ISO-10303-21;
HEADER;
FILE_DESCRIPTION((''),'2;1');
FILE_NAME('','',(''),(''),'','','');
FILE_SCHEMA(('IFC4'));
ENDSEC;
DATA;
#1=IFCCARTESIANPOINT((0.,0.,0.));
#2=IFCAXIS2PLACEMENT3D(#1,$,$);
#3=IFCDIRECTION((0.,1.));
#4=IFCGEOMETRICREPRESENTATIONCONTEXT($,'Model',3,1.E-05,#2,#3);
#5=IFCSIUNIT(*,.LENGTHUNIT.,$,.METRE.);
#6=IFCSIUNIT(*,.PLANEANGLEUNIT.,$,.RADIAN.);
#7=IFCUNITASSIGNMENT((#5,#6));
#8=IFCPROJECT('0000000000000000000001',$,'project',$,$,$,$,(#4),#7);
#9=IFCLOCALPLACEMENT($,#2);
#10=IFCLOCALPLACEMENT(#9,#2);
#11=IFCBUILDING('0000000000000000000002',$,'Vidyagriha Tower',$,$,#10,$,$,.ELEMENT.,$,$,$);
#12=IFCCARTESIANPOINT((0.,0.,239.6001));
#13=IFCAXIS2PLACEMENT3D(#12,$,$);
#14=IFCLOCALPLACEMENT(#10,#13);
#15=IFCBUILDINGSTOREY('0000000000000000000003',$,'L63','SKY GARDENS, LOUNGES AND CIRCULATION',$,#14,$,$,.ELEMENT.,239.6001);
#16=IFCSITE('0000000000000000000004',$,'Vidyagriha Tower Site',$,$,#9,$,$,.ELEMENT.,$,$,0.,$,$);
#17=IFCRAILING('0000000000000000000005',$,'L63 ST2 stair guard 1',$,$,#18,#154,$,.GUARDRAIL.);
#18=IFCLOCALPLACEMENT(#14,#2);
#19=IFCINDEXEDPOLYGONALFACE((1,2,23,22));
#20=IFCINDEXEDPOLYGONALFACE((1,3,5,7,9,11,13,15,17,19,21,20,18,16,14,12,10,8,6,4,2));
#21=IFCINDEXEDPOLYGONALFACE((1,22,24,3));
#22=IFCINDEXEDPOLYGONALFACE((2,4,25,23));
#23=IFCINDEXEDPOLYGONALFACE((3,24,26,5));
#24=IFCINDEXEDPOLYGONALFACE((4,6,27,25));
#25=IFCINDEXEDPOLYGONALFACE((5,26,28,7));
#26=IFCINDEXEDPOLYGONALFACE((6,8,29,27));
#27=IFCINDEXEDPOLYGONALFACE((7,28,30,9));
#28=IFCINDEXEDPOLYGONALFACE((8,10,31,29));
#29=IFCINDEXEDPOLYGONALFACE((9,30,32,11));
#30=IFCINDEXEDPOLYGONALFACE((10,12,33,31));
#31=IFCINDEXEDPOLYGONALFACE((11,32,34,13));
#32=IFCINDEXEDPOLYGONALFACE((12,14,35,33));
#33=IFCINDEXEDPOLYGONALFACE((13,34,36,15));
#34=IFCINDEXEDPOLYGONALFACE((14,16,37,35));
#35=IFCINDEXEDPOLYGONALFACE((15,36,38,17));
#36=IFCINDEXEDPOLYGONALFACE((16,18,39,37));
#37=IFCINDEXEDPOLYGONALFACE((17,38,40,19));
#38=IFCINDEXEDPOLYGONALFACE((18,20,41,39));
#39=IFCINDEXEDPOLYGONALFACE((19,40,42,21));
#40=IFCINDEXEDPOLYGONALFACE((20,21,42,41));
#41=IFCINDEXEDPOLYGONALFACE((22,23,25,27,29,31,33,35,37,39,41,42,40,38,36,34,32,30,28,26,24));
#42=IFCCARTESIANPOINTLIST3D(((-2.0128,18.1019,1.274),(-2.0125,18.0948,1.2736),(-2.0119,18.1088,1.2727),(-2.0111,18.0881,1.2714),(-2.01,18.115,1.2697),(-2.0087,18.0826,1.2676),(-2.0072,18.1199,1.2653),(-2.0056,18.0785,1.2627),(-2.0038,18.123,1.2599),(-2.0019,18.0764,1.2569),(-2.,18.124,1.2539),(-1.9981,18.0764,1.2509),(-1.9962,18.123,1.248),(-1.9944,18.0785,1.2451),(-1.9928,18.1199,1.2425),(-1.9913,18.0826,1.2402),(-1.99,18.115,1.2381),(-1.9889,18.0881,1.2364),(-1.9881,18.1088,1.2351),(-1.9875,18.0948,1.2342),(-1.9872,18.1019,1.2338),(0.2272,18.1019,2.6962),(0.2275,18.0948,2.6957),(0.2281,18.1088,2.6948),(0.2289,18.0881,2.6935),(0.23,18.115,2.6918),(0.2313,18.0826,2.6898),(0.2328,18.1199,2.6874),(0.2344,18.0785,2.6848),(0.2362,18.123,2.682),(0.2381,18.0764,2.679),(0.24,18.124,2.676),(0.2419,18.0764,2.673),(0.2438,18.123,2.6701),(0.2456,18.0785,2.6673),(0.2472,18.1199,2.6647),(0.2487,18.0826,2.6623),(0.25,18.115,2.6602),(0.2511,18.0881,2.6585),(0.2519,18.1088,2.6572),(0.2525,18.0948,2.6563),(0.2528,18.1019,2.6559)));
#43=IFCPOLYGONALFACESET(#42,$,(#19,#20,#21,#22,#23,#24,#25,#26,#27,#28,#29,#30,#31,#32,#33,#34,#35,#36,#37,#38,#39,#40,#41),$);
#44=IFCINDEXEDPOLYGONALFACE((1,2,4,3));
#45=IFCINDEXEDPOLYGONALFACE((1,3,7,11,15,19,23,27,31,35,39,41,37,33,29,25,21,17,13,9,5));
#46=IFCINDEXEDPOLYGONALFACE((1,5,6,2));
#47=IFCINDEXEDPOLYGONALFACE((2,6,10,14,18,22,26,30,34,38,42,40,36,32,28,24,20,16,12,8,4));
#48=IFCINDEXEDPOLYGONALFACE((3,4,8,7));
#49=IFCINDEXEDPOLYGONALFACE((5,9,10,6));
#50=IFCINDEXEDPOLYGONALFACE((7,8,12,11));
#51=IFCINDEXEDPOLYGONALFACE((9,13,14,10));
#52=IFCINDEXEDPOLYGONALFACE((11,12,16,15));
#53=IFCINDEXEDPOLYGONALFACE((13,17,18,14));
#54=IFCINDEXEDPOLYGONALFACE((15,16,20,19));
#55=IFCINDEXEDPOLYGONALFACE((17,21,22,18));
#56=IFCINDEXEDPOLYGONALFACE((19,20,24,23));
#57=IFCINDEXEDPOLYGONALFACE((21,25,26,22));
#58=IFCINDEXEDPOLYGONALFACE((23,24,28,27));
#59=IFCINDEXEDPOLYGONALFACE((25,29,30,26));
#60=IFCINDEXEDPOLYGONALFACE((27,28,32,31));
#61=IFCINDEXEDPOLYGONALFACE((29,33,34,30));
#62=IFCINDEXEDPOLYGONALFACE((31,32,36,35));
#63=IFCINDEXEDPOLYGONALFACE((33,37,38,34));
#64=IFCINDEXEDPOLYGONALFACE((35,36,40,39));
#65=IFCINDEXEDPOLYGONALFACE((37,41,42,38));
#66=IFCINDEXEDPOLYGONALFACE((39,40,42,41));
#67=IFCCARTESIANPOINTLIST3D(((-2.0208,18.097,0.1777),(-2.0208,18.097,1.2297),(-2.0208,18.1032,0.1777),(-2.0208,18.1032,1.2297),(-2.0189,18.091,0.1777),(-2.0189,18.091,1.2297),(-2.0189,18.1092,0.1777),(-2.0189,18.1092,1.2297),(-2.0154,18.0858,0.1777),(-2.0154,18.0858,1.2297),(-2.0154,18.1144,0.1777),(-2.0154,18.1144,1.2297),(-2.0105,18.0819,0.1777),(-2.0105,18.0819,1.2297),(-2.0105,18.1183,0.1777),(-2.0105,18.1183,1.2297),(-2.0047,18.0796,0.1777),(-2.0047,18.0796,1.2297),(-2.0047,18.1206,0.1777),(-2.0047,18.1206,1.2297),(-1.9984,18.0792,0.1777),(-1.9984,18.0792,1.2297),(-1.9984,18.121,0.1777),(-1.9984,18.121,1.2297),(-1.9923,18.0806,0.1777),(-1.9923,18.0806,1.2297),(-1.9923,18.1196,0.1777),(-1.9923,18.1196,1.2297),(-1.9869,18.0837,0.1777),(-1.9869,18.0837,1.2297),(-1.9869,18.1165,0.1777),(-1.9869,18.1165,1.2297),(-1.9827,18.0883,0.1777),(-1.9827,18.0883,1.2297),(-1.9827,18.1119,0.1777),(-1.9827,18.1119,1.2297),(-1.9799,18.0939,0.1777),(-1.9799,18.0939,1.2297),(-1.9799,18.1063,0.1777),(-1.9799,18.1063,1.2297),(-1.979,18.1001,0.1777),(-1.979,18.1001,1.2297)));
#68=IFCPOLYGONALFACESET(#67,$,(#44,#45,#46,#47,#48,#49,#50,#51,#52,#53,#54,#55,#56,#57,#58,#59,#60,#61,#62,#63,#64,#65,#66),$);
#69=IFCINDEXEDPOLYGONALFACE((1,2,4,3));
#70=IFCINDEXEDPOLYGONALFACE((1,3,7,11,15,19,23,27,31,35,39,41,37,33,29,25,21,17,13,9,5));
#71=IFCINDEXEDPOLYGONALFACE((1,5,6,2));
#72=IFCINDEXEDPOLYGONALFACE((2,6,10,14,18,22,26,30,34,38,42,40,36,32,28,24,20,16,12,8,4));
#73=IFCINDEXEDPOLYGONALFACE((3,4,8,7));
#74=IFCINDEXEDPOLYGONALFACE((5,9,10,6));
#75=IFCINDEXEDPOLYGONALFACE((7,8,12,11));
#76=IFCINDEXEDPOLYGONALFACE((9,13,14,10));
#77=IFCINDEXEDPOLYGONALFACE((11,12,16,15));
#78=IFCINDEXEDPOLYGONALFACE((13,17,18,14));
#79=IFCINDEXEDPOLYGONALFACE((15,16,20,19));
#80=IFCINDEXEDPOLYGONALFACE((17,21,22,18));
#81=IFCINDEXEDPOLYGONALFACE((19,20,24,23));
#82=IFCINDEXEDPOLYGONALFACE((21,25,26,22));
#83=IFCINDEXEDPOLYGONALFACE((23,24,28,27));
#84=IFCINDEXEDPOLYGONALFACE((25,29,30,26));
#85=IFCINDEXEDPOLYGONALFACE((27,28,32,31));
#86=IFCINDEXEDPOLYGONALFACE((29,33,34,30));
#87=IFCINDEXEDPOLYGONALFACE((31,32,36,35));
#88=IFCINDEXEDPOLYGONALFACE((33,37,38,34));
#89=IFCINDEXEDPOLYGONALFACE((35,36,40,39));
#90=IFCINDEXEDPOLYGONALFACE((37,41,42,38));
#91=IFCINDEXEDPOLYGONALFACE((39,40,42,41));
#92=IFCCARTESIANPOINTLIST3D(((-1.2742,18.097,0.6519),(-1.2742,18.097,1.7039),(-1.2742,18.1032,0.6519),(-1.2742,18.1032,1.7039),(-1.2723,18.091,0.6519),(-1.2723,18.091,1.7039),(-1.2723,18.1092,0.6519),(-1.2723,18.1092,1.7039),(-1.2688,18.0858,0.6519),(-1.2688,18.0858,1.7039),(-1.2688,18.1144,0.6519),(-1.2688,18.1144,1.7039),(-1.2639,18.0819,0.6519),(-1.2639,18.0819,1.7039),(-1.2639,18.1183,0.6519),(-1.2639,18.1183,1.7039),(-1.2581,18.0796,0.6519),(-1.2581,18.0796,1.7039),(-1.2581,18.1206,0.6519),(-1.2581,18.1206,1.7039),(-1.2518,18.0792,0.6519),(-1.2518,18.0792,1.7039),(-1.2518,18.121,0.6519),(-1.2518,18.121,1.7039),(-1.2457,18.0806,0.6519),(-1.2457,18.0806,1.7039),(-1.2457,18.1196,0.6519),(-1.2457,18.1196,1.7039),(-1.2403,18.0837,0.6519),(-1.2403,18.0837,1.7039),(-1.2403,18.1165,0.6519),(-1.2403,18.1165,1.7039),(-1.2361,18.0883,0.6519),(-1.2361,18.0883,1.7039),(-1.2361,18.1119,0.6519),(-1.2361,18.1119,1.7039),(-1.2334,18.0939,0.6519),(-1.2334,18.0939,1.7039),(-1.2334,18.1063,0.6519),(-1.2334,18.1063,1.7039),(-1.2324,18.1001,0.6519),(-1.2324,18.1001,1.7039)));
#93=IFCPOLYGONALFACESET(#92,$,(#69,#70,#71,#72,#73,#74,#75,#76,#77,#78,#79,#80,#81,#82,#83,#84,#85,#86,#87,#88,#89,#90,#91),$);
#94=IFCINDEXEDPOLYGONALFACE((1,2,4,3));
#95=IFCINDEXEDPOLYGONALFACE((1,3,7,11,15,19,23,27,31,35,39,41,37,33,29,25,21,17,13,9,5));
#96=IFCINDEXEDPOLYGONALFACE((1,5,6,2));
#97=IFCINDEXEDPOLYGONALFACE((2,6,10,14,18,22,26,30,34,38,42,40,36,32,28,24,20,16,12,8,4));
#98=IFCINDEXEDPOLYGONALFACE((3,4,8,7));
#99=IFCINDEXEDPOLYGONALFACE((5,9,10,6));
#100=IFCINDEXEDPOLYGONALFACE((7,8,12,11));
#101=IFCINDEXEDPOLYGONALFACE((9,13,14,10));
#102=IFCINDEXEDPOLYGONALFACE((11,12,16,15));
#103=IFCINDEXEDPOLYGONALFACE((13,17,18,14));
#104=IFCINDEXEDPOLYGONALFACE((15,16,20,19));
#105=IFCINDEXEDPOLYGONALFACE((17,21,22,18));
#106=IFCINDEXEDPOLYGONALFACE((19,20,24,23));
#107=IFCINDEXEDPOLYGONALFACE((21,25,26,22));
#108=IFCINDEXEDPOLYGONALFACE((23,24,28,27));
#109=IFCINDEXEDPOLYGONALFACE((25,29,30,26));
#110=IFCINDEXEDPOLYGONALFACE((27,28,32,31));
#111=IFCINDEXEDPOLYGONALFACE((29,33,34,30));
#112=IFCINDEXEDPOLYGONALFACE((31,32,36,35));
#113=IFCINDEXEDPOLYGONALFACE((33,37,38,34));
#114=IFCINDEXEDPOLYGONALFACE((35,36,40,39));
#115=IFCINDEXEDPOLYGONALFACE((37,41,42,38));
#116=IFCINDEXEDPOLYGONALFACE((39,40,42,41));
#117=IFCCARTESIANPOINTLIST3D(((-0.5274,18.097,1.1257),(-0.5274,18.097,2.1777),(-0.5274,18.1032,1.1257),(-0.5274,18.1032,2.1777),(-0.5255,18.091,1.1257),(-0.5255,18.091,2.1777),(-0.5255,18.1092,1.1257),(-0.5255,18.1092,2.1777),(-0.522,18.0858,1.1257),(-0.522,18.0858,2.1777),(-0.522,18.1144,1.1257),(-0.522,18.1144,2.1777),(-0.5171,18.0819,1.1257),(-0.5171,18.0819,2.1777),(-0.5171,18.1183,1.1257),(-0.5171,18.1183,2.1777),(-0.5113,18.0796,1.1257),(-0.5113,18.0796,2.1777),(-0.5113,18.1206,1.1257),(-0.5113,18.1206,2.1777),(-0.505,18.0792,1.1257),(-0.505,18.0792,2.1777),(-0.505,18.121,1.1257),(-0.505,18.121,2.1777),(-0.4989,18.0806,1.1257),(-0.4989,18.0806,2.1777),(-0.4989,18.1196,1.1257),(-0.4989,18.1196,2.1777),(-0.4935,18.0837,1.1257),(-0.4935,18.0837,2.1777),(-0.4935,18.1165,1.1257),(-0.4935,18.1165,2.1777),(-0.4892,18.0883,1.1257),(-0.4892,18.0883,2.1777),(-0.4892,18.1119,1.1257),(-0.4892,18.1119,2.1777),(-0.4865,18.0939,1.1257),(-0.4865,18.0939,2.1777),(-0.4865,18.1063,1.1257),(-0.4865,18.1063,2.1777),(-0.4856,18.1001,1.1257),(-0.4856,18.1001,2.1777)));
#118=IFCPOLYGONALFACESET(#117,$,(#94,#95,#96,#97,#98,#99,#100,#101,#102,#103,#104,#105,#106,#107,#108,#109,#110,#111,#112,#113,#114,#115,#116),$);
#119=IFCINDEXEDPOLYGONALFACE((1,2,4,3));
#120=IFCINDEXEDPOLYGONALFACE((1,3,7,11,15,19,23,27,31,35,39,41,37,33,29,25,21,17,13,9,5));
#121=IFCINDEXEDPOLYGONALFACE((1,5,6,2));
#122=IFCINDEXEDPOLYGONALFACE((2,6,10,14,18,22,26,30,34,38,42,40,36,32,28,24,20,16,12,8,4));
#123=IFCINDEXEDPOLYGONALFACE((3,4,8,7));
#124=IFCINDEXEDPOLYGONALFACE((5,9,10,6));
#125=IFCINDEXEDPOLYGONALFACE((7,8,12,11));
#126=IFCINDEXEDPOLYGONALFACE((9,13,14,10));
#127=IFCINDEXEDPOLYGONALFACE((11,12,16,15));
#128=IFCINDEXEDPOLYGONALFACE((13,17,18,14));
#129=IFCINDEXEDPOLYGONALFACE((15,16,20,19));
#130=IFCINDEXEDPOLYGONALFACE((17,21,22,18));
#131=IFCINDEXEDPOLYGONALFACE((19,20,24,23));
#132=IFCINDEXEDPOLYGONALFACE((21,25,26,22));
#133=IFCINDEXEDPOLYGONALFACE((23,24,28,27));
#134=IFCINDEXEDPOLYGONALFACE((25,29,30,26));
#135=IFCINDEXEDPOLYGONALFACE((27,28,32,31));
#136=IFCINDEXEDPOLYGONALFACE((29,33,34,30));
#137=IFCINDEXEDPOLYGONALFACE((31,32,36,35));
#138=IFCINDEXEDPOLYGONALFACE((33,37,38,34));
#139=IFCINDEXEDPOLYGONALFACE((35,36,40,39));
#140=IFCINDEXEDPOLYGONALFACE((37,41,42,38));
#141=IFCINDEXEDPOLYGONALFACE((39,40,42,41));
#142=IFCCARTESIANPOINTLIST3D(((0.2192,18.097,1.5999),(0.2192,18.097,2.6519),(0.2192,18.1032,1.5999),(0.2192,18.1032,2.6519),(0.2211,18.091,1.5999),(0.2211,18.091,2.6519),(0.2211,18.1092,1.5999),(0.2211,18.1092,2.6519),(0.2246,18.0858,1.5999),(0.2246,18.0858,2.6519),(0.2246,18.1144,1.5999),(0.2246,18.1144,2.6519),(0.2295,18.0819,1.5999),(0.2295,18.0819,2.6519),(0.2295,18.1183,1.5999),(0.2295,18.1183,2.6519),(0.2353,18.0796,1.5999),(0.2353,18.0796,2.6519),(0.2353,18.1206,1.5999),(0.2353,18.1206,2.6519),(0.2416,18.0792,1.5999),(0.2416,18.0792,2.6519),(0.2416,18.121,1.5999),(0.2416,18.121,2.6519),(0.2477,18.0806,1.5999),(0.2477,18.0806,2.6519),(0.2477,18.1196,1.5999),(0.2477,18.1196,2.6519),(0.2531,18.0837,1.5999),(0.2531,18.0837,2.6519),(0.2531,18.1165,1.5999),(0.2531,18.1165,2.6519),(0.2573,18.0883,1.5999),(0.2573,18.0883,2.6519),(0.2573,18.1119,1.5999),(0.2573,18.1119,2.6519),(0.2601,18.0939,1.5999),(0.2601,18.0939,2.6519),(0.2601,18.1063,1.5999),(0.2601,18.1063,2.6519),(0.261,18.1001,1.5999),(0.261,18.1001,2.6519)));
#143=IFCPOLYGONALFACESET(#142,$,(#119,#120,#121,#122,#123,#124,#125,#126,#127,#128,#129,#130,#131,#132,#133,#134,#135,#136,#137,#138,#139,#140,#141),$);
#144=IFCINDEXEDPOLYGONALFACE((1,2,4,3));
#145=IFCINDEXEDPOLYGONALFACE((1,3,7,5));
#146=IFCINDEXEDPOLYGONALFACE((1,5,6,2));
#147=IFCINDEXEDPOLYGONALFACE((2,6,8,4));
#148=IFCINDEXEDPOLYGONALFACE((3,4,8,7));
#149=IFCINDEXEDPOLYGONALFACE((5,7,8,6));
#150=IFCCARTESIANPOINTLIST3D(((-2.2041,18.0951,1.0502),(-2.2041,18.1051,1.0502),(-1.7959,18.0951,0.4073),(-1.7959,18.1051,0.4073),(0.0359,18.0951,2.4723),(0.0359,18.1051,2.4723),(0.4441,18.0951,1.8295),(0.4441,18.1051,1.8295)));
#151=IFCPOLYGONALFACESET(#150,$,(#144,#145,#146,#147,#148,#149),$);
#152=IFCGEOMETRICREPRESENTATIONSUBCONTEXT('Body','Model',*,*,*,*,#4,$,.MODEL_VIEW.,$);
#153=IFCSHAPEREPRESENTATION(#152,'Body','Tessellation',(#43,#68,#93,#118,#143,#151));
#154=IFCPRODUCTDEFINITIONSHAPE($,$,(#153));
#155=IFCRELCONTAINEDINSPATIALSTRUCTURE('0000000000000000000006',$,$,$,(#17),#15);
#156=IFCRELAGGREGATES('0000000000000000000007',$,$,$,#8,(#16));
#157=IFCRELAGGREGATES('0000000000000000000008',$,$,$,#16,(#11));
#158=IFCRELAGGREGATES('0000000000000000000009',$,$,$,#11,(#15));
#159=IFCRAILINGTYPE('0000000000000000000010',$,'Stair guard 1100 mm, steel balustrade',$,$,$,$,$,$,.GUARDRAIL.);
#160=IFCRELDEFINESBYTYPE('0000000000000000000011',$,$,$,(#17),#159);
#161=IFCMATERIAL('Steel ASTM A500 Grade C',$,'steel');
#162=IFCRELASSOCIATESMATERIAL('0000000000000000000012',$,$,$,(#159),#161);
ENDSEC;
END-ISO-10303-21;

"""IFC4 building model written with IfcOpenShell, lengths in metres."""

from ifc_helpers import new_model, si_unit, direction, frame, origin, origin_2d, place, context, subcontext, project, spatial, rectangle, circle, extrude, material, type_object, element, save


model = new_model("IFC4")

# Units and contexts
model_context = context("Model", 3, precision=1e-05, world=origin(), true_north=direction((0.0, 1.0)))
body_context = subcontext(model_context, "Body", "Model", "MODEL_VIEW")
ifc_project = project(units=[si_unit("LENGTHUNIT", "METRE"), si_unit("PLANEANGLEUNIT", "RADIAN")], contexts=[model_context])

# Site, building, storey
site_placement = place(None, origin())
site = spatial("IfcSite", under=ifc_project, at=site_placement, Name="Vidyagriha Tower Site", CompositionType="ELEMENT", RefElevation=0.0)
building_placement = place(site_placement, origin())
building = spatial("IfcBuilding", under=site, at=building_placement, Name="Vidyagriha Tower", CompositionType="ELEMENT")
storey_placement = place(building_placement, frame((0.0, 0.0, 239.6001)))
storey = spatial("IfcBuildingStorey", under=building, at=storey_placement, Name="L63", Description="SKY GARDENS, LOUNGES AND CIRCULATION", CompositionType="ELEMENT", Elevation=239.6001)

# Railing
ifc_material_1 = material(Name="Steel ASTM A500 Grade C", Category="steel")
railing_type_1 = type_object("IfcRailingType", Name="Stair guard 1100 mm, steel balustrade", PredefinedType="GUARDRAIL", material=ifc_material_1)
railing_1_placement = place(storey_placement, frame((-2.0, 18.1001, 0.1777)))
element("IfcRailing", 1, at=railing_1_placement, inside=storey, type_object=railing_type_1, Name="L63 ST2 stair guard 1", PredefinedType="GUARDRAIL", context=body_context, shape_type="SweptSolid", body=[
    extrude(circle(Radius=0.0239, at=origin_2d()), frame((0.0, 0.0, 1.0762), z_axis=(0.844229, 0.0, 0.535982), x_axis=(0.0, 1.0, 0.0)), (0.0, 0.0, 1.0), 2.6533),
    extrude(circle(Radius=0.021, at=origin_2d()), origin(), (0.0, 0.0, 1.0), 1.052),
    extrude(circle(Radius=0.021, at=origin_2d()), frame((0.7466, 0.0, 0.4741)), (0.0, 0.0, 1.0), 1.052),
    extrude(circle(Radius=0.021, at=origin_2d()), frame((1.4934, 0.0, 0.948)), (0.0, 0.0, 1.0), 1.052),
    extrude(circle(Radius=0.021, at=origin_2d()), frame((2.24, 0.0, 1.4221)), (0.0, 0.0, 1.0), 1.052),
    extrude(rectangle(XDim=0.01, YDim=0.7615, at=origin_2d()), frame((0.0, 0.0, 0.551), z_axis=(0.844229, 0.0, 0.535982), x_axis=(0.0, 1.0, 0.0)), (0.0, 0.0, 1.0), 2.6533),
])

save(model, "model.ifc")
